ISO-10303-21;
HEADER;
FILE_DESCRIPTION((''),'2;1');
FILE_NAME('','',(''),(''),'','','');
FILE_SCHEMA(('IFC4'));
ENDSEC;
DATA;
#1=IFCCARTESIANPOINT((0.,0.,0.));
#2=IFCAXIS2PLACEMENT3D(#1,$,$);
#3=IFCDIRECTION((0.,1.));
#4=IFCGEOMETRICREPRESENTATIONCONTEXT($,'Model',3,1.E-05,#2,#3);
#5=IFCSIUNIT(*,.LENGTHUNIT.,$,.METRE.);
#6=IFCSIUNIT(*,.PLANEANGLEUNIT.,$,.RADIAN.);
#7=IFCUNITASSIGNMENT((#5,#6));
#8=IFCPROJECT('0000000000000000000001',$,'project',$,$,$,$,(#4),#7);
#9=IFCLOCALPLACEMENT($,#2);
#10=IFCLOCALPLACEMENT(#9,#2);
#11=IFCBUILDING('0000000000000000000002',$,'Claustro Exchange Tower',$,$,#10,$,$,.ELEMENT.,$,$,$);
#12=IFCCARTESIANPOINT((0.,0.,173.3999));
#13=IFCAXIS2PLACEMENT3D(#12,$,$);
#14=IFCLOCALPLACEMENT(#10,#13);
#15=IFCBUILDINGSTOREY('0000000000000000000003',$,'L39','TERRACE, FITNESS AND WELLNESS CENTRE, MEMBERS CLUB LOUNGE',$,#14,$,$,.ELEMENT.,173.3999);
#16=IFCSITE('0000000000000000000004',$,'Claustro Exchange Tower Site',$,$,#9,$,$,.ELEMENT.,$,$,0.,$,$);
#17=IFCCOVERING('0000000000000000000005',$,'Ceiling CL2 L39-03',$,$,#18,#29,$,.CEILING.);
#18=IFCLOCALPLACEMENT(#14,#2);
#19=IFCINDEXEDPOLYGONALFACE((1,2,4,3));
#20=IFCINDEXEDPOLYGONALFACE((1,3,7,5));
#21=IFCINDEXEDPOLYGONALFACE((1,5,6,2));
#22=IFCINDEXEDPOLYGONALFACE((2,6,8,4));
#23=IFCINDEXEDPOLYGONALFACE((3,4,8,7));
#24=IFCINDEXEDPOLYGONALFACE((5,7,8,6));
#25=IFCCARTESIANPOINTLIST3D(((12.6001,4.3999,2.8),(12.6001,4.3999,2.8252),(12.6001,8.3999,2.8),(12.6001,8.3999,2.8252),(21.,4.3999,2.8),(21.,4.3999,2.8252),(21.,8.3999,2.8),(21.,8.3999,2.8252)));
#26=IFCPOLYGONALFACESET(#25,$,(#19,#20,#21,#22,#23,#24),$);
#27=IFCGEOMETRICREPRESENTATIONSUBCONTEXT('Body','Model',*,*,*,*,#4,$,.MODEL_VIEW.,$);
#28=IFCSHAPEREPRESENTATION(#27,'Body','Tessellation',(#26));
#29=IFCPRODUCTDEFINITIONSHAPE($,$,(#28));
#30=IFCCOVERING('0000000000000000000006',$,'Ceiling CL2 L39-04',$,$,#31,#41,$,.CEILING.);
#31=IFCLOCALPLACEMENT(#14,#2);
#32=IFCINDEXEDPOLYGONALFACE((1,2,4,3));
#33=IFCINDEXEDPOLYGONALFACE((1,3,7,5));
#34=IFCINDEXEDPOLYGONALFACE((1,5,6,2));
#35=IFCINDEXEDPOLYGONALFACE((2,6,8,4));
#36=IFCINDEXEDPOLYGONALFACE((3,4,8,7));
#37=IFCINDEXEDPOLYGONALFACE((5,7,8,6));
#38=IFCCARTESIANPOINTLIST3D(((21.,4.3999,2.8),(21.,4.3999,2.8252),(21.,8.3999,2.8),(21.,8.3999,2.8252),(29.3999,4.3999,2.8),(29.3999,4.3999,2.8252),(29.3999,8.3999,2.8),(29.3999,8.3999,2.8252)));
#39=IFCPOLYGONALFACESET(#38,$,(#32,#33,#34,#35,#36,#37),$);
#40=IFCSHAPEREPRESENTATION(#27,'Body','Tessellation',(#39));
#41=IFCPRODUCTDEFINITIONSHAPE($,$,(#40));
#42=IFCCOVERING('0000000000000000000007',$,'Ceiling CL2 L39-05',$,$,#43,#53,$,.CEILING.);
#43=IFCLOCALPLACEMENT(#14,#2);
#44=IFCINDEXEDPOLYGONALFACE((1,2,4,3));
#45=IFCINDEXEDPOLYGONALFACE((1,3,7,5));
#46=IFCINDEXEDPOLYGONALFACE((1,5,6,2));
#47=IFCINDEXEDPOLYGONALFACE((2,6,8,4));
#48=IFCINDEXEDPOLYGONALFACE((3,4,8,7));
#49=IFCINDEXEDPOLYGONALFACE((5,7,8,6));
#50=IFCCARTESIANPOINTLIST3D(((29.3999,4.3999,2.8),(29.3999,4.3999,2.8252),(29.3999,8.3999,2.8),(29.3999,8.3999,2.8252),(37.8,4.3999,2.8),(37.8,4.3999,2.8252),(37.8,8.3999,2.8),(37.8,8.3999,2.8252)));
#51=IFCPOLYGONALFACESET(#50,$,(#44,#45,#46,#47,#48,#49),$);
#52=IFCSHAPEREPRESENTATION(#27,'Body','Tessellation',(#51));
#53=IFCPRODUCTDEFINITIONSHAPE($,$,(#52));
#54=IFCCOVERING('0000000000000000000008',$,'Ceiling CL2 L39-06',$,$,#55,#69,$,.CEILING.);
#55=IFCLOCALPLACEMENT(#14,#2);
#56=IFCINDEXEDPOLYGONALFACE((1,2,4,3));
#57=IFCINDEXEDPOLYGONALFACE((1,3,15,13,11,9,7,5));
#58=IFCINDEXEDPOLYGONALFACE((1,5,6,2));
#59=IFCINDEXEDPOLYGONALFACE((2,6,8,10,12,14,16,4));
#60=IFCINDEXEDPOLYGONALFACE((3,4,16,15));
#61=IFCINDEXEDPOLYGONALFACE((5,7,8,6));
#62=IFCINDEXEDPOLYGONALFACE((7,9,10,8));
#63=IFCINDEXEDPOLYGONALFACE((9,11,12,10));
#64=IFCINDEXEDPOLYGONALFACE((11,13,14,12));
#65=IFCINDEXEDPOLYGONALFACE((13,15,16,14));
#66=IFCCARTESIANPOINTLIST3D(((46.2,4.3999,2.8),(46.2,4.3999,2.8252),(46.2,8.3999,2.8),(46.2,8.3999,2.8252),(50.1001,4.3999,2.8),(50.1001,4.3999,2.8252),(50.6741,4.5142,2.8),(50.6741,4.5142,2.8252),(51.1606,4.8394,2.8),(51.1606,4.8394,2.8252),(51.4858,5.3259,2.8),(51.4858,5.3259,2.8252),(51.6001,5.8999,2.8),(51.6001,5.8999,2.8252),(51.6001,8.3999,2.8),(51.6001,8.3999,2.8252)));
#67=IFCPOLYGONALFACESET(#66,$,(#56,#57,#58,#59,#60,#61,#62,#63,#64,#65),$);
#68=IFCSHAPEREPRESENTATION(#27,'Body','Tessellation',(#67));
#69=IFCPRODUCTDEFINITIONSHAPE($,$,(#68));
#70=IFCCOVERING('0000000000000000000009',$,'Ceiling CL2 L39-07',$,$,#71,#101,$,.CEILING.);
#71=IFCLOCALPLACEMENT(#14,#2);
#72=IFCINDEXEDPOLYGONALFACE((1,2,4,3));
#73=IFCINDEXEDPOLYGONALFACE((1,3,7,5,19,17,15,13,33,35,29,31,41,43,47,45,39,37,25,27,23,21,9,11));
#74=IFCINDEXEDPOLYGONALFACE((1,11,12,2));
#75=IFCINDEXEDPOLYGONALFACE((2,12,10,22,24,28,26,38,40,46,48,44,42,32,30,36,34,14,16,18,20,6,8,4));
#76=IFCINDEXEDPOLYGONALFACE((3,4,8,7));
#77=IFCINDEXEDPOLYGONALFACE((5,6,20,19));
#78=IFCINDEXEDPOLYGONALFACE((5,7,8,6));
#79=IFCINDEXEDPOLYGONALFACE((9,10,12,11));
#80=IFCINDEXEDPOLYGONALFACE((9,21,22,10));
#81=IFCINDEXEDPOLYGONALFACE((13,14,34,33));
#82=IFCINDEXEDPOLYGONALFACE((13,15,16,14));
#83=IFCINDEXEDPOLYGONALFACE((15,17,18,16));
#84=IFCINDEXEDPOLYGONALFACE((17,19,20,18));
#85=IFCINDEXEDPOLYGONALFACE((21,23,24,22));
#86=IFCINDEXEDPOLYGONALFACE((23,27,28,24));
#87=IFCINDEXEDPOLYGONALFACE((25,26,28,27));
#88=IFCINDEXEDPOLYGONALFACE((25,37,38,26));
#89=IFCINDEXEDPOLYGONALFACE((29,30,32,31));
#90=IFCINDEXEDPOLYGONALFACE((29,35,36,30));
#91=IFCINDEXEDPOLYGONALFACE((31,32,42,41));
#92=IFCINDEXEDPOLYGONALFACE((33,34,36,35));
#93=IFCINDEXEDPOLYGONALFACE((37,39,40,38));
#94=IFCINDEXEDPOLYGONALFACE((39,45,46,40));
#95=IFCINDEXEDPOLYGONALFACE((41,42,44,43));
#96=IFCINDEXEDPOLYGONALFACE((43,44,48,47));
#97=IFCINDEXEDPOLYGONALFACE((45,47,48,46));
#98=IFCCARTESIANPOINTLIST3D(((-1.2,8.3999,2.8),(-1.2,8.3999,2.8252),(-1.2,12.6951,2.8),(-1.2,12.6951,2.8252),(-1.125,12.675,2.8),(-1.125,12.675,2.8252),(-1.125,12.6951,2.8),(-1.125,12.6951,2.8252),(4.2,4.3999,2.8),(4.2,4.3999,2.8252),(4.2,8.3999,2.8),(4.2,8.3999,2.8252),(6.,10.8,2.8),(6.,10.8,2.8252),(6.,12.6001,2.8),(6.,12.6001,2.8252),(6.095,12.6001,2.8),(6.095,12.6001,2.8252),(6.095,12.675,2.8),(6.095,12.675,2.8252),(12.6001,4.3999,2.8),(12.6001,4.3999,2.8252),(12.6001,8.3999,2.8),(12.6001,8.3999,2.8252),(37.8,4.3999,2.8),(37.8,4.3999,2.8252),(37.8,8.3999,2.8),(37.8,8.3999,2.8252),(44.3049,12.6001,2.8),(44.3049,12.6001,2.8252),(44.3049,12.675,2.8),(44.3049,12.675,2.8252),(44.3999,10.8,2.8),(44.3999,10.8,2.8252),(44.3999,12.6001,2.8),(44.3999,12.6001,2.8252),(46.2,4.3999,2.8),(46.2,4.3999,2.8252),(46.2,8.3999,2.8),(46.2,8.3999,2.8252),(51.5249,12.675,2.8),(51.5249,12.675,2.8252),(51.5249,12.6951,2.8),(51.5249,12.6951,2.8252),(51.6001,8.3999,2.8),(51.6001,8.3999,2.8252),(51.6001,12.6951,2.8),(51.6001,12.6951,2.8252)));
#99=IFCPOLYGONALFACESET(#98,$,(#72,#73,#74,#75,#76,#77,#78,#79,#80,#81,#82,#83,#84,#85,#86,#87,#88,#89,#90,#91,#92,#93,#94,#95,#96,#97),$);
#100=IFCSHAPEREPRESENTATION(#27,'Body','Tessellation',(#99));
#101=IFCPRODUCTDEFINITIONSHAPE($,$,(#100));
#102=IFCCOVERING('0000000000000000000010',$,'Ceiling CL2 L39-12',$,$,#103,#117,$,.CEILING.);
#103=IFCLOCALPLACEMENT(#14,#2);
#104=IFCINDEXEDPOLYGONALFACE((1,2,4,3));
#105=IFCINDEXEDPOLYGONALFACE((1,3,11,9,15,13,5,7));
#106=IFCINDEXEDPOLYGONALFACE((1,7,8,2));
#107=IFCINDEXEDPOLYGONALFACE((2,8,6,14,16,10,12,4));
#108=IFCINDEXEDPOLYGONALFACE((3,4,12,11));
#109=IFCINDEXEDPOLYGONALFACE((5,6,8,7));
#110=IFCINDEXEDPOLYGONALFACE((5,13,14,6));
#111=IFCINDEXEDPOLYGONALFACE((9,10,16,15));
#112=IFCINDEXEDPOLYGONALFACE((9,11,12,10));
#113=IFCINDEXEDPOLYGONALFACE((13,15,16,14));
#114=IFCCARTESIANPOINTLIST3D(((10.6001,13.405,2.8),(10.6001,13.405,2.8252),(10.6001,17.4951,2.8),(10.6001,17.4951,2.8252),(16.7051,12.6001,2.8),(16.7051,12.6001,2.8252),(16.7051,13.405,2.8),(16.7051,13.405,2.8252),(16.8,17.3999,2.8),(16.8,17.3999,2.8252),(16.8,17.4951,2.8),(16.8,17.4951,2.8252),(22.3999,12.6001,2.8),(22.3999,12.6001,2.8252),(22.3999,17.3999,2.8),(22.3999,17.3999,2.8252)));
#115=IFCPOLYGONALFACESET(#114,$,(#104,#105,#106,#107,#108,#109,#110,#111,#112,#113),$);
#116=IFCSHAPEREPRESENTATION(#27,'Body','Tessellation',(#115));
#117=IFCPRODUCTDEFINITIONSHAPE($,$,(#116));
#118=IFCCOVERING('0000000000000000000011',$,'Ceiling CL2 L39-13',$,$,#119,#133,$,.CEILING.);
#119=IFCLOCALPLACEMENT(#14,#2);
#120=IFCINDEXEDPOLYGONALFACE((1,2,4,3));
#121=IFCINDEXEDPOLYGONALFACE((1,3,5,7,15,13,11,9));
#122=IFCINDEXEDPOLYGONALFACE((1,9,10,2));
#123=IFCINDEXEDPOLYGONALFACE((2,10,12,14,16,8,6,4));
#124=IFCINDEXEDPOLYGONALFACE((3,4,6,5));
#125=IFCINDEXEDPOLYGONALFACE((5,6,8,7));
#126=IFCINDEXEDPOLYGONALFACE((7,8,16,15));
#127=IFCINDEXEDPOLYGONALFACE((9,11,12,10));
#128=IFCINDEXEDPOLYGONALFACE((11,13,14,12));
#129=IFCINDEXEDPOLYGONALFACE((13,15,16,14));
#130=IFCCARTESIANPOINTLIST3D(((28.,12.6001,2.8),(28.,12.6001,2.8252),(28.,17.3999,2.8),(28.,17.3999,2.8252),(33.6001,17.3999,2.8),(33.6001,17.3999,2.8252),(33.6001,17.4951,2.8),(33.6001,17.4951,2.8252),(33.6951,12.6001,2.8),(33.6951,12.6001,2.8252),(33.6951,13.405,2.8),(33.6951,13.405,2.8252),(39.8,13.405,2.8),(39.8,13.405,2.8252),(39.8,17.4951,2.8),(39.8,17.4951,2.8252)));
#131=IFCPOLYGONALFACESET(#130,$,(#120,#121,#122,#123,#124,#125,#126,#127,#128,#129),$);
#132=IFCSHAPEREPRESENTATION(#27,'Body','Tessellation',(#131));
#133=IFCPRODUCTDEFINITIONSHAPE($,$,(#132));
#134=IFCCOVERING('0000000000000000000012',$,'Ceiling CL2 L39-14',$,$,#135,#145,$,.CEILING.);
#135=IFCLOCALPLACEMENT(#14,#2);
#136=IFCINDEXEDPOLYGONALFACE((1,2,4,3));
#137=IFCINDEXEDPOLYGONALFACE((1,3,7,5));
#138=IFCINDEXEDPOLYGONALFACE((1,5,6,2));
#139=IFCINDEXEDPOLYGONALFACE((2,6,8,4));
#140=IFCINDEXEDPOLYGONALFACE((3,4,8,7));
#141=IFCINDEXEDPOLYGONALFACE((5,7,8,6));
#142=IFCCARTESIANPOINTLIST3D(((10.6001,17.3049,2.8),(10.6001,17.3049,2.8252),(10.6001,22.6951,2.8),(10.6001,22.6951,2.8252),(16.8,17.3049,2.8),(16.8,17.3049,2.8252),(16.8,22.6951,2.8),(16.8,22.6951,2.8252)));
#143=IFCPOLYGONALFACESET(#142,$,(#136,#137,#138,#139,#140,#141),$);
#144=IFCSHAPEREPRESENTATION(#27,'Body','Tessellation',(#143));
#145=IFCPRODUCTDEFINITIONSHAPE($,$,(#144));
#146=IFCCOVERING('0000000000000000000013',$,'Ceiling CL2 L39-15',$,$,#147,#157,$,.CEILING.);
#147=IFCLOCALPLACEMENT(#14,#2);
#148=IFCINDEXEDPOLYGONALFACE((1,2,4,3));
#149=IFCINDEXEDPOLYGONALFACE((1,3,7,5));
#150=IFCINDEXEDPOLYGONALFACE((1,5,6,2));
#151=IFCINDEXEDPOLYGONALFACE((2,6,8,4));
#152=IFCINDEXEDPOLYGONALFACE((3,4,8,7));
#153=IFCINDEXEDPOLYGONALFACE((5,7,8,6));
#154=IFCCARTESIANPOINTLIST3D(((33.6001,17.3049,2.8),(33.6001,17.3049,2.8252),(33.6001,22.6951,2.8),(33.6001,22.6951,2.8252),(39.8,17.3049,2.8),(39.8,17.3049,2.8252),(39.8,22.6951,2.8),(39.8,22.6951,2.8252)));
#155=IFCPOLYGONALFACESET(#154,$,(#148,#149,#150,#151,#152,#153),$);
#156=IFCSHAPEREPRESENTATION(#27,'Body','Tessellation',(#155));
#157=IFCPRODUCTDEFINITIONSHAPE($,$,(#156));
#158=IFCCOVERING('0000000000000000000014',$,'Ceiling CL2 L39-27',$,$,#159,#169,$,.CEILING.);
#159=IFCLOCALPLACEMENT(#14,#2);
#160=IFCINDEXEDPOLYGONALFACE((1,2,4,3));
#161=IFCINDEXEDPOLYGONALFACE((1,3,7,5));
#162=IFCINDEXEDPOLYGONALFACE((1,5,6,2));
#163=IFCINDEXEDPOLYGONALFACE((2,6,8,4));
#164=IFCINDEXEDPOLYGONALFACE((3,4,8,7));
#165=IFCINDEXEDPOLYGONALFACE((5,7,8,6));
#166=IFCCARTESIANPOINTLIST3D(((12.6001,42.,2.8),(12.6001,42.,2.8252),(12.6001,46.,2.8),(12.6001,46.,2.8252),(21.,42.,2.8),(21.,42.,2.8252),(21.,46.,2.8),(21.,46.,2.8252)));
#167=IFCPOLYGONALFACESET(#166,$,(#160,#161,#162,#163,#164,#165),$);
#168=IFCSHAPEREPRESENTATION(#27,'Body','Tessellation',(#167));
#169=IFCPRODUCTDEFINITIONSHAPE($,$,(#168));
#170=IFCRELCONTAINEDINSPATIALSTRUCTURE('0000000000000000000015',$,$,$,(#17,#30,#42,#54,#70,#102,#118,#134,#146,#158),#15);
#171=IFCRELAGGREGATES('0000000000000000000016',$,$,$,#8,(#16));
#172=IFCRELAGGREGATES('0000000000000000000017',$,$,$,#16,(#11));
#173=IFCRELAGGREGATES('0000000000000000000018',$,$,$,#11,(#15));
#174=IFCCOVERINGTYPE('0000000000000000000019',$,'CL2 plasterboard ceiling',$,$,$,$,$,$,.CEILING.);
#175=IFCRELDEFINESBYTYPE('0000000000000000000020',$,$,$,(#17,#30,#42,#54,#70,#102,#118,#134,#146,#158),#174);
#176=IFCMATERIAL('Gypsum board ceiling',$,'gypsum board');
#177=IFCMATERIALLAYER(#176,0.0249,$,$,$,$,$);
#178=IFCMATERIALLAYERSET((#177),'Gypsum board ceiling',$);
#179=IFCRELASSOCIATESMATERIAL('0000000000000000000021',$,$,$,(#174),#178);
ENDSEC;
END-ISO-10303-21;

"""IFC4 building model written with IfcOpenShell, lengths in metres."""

from ifc_helpers import new_model, si_unit, direction, frame, origin, place, context, subcontext, project, spatial, polyline, outline, extrude, material, layer, layer_set, type_object, element, save


model = new_model("IFC4")

# Units and contexts
model_context = context("Model", 3, precision=1e-05, world=origin(), true_north=direction((0.0, 1.0)))
body_context = subcontext(model_context, "Body", "Model", "MODEL_VIEW")
ifc_project = project(units=[si_unit("LENGTHUNIT", "METRE"), si_unit("PLANEANGLEUNIT", "RADIAN")], contexts=[model_context])

# Site, building, storey
site_placement = place(None, origin())
site = spatial("IfcSite", under=ifc_project, at=site_placement, Name="Claustro Exchange Tower Site", CompositionType="ELEMENT", RefElevation=0.0)
building_placement = place(site_placement, origin())
building = spatial("IfcBuilding", under=site, at=building_placement, Name="Claustro Exchange Tower", CompositionType="ELEMENT")
storey_placement = place(building_placement, frame((0.0, 0.0, 173.3999)))
storey = spatial("IfcBuildingStorey", under=building, at=storey_placement, Name="L39", Description="TERRACE, FITNESS AND WELLNESS CENTRE, MEMBERS CLUB LOUNGE", CompositionType="ELEMENT", Elevation=173.3999)

# Coverings
ifc_material_1 = material(Name="Gypsum board ceiling", Category="gypsum board")
ifc_layer_1 = layer(ifc_material_1, 0.0249)
ifc_layer_set_1 = layer_set([ifc_layer_1], Name="Gypsum board ceiling")
covering_type_1 = type_object("IfcCoveringType", Name="CL2 plasterboard ceiling", PredefinedType="CEILING", material=ifc_layer_set_1)
covering_1_placement = place(storey_placement, frame((0.0, 0.0, 2.8)))
element("IfcCovering", 1, at=covering_1_placement, inside=storey, type_object=covering_type_1, Name="Ceiling CL2 L39-03", PredefinedType="CEILING", context=body_context, shape_type="SweptSolid", body=[
    extrude(outline(polyline([(12.6001, 4.3999), (21.0, 4.3999), (21.0, 8.3999), (12.6001, 8.3999), (12.6001, 4.3999)])), origin(), (0.0, 0.0, 1.0), 0.0251),
])
covering_2_placement = place(storey_placement, frame((0.0, 0.0, 2.8)))
element("IfcCovering", 2, at=covering_2_placement, inside=storey, type_object=covering_type_1, Name="Ceiling CL2 L39-04", PredefinedType="CEILING", context=body_context, shape_type="SweptSolid", body=[
    extrude(outline(polyline([(21.0, 4.3999), (29.3999, 4.3999), (29.3999, 8.3999), (21.0, 8.3999), (21.0, 4.3999)])), origin(), (0.0, 0.0, 1.0), 0.0251),
])
covering_3_placement = place(storey_placement, frame((0.0, 0.0, 2.8)))
element("IfcCovering", 3, at=covering_3_placement, inside=storey, type_object=covering_type_1, Name="Ceiling CL2 L39-05", PredefinedType="CEILING", context=body_context, shape_type="SweptSolid", body=[
    extrude(outline(polyline([(29.3999, 4.3999), (37.8, 4.3999), (37.8, 8.3999), (29.3999, 8.3999), (29.3999, 4.3999)])), origin(), (0.0, 0.0, 1.0), 0.0251),
])
covering_4_placement = place(storey_placement, frame((0.0, 0.0, 2.8)))
element("IfcCovering", 4, at=covering_4_placement, inside=storey, type_object=covering_type_1, Name="Ceiling CL2 L39-06", PredefinedType="CEILING", context=body_context, shape_type="SweptSolid", body=[
    extrude(outline(polyline([(51.6001, 5.8999), (51.6001, 8.3999), (46.2, 8.3999), (46.2, 4.3999), (50.1001, 4.3999), (50.6741, 4.5142), (51.1606, 4.8394), (51.4858, 5.3259), (51.6001, 5.8999)])), origin(), (0.0, 0.0, 1.0), 0.0251),
])
covering_5_placement = place(storey_placement, frame((0.0, 0.0, 2.8)))
element("IfcCovering", 5, at=covering_5_placement, inside=storey, type_object=covering_type_1, Name="Ceiling CL2 L39-07", PredefinedType="CEILING", context=body_context, shape_type="SweptSolid", body=[
    extrude(outline(polyline([(51.6001, 8.3999), (51.6001, 12.6951), (51.5249, 12.6951), (51.5249, 12.675), (44.3049, 12.675), (44.3049, 12.6001), (44.3999, 12.6001), (44.3999, 10.8), (6.0, 10.8), (6.0, 12.6001), (6.095, 12.6001), (6.095, 12.675), (-1.125, 12.675), (-1.125, 12.6951), (-1.2, 12.6951), (-1.2, 8.3999), (4.2, 8.3999), (4.2, 4.3999), (12.6001, 4.3999), (12.6001, 8.3999), (37.8, 8.3999), (37.8, 4.3999), (46.2, 4.3999), (46.2, 8.3999), (51.6001, 8.3999)])), origin(), (0.0, 0.0, 1.0), 0.0251),
])
covering_6_placement = place(storey_placement, frame((0.0, 0.0, 2.8)))
element("IfcCovering", 6, at=covering_6_placement, inside=storey, type_object=covering_type_1, Name="Ceiling CL2 L39-12", PredefinedType="CEILING", context=body_context, shape_type="SweptSolid", body=[
    extrude(outline(polyline([(22.3999, 17.3999), (16.8, 17.3999), (16.8, 17.4951), (10.6001, 17.4951), (10.6001, 13.405), (16.7051, 13.405), (16.7051, 12.6001), (22.3999, 12.6001), (22.3999, 17.3999)])), origin(), (0.0, 0.0, 1.0), 0.0251),
])
covering_7_placement = place(storey_placement, frame((0.0, 0.0, 2.8)))
element("IfcCovering", 7, at=covering_7_placement, inside=storey, type_object=covering_type_1, Name="Ceiling CL2 L39-13", PredefinedType="CEILING", context=body_context, shape_type="SweptSolid", body=[
    extrude(outline(polyline([(39.8, 13.405), (39.8, 17.4951), (33.6001, 17.4951), (33.6001, 17.3999), (28.0, 17.3999), (28.0, 12.6001), (33.6951, 12.6001), (33.6951, 13.405), (39.8, 13.405)])), origin(), (0.0, 0.0, 1.0), 0.0251),
])
covering_8_placement = place(storey_placement, frame((0.0, 0.0, 2.8)))
element("IfcCovering", 8, at=covering_8_placement, inside=storey, type_object=covering_type_1, Name="Ceiling CL2 L39-14", PredefinedType="CEILING", context=body_context, shape_type="SweptSolid", body=[
    extrude(outline(polyline([(10.6001, 22.6951), (10.6001, 17.3049), (16.8, 17.3049), (16.8, 22.6951), (10.6001, 22.6951)])), origin(), (0.0, 0.0, 1.0), 0.0251),
])
covering_9_placement = place(storey_placement, frame((0.0, 0.0, 2.8)))
element("IfcCovering", 9, at=covering_9_placement, inside=storey, type_object=covering_type_1, Name="Ceiling CL2 L39-15", PredefinedType="CEILING", context=body_context, shape_type="SweptSolid", body=[
    extrude(outline(polyline([(33.6001, 22.6951), (33.6001, 17.3049), (39.8, 17.3049), (39.8, 22.6951), (33.6001, 22.6951)])), origin(), (0.0, 0.0, 1.0), 0.0251),
])
covering_10_placement = place(storey_placement, frame((0.0, 0.0, 2.8)))
element("IfcCovering", 10, at=covering_10_placement, inside=storey, type_object=covering_type_1, Name="Ceiling CL2 L39-27", PredefinedType="CEILING", context=body_context, shape_type="SweptSolid", body=[
    extrude(outline(polyline([(21.0, 46.0), (12.6001, 46.0), (12.6001, 42.0), (21.0, 42.0), (21.0, 46.0)])), origin(), (0.0, 0.0, 1.0), 0.0251),
])

save(model, "model.ifc")
